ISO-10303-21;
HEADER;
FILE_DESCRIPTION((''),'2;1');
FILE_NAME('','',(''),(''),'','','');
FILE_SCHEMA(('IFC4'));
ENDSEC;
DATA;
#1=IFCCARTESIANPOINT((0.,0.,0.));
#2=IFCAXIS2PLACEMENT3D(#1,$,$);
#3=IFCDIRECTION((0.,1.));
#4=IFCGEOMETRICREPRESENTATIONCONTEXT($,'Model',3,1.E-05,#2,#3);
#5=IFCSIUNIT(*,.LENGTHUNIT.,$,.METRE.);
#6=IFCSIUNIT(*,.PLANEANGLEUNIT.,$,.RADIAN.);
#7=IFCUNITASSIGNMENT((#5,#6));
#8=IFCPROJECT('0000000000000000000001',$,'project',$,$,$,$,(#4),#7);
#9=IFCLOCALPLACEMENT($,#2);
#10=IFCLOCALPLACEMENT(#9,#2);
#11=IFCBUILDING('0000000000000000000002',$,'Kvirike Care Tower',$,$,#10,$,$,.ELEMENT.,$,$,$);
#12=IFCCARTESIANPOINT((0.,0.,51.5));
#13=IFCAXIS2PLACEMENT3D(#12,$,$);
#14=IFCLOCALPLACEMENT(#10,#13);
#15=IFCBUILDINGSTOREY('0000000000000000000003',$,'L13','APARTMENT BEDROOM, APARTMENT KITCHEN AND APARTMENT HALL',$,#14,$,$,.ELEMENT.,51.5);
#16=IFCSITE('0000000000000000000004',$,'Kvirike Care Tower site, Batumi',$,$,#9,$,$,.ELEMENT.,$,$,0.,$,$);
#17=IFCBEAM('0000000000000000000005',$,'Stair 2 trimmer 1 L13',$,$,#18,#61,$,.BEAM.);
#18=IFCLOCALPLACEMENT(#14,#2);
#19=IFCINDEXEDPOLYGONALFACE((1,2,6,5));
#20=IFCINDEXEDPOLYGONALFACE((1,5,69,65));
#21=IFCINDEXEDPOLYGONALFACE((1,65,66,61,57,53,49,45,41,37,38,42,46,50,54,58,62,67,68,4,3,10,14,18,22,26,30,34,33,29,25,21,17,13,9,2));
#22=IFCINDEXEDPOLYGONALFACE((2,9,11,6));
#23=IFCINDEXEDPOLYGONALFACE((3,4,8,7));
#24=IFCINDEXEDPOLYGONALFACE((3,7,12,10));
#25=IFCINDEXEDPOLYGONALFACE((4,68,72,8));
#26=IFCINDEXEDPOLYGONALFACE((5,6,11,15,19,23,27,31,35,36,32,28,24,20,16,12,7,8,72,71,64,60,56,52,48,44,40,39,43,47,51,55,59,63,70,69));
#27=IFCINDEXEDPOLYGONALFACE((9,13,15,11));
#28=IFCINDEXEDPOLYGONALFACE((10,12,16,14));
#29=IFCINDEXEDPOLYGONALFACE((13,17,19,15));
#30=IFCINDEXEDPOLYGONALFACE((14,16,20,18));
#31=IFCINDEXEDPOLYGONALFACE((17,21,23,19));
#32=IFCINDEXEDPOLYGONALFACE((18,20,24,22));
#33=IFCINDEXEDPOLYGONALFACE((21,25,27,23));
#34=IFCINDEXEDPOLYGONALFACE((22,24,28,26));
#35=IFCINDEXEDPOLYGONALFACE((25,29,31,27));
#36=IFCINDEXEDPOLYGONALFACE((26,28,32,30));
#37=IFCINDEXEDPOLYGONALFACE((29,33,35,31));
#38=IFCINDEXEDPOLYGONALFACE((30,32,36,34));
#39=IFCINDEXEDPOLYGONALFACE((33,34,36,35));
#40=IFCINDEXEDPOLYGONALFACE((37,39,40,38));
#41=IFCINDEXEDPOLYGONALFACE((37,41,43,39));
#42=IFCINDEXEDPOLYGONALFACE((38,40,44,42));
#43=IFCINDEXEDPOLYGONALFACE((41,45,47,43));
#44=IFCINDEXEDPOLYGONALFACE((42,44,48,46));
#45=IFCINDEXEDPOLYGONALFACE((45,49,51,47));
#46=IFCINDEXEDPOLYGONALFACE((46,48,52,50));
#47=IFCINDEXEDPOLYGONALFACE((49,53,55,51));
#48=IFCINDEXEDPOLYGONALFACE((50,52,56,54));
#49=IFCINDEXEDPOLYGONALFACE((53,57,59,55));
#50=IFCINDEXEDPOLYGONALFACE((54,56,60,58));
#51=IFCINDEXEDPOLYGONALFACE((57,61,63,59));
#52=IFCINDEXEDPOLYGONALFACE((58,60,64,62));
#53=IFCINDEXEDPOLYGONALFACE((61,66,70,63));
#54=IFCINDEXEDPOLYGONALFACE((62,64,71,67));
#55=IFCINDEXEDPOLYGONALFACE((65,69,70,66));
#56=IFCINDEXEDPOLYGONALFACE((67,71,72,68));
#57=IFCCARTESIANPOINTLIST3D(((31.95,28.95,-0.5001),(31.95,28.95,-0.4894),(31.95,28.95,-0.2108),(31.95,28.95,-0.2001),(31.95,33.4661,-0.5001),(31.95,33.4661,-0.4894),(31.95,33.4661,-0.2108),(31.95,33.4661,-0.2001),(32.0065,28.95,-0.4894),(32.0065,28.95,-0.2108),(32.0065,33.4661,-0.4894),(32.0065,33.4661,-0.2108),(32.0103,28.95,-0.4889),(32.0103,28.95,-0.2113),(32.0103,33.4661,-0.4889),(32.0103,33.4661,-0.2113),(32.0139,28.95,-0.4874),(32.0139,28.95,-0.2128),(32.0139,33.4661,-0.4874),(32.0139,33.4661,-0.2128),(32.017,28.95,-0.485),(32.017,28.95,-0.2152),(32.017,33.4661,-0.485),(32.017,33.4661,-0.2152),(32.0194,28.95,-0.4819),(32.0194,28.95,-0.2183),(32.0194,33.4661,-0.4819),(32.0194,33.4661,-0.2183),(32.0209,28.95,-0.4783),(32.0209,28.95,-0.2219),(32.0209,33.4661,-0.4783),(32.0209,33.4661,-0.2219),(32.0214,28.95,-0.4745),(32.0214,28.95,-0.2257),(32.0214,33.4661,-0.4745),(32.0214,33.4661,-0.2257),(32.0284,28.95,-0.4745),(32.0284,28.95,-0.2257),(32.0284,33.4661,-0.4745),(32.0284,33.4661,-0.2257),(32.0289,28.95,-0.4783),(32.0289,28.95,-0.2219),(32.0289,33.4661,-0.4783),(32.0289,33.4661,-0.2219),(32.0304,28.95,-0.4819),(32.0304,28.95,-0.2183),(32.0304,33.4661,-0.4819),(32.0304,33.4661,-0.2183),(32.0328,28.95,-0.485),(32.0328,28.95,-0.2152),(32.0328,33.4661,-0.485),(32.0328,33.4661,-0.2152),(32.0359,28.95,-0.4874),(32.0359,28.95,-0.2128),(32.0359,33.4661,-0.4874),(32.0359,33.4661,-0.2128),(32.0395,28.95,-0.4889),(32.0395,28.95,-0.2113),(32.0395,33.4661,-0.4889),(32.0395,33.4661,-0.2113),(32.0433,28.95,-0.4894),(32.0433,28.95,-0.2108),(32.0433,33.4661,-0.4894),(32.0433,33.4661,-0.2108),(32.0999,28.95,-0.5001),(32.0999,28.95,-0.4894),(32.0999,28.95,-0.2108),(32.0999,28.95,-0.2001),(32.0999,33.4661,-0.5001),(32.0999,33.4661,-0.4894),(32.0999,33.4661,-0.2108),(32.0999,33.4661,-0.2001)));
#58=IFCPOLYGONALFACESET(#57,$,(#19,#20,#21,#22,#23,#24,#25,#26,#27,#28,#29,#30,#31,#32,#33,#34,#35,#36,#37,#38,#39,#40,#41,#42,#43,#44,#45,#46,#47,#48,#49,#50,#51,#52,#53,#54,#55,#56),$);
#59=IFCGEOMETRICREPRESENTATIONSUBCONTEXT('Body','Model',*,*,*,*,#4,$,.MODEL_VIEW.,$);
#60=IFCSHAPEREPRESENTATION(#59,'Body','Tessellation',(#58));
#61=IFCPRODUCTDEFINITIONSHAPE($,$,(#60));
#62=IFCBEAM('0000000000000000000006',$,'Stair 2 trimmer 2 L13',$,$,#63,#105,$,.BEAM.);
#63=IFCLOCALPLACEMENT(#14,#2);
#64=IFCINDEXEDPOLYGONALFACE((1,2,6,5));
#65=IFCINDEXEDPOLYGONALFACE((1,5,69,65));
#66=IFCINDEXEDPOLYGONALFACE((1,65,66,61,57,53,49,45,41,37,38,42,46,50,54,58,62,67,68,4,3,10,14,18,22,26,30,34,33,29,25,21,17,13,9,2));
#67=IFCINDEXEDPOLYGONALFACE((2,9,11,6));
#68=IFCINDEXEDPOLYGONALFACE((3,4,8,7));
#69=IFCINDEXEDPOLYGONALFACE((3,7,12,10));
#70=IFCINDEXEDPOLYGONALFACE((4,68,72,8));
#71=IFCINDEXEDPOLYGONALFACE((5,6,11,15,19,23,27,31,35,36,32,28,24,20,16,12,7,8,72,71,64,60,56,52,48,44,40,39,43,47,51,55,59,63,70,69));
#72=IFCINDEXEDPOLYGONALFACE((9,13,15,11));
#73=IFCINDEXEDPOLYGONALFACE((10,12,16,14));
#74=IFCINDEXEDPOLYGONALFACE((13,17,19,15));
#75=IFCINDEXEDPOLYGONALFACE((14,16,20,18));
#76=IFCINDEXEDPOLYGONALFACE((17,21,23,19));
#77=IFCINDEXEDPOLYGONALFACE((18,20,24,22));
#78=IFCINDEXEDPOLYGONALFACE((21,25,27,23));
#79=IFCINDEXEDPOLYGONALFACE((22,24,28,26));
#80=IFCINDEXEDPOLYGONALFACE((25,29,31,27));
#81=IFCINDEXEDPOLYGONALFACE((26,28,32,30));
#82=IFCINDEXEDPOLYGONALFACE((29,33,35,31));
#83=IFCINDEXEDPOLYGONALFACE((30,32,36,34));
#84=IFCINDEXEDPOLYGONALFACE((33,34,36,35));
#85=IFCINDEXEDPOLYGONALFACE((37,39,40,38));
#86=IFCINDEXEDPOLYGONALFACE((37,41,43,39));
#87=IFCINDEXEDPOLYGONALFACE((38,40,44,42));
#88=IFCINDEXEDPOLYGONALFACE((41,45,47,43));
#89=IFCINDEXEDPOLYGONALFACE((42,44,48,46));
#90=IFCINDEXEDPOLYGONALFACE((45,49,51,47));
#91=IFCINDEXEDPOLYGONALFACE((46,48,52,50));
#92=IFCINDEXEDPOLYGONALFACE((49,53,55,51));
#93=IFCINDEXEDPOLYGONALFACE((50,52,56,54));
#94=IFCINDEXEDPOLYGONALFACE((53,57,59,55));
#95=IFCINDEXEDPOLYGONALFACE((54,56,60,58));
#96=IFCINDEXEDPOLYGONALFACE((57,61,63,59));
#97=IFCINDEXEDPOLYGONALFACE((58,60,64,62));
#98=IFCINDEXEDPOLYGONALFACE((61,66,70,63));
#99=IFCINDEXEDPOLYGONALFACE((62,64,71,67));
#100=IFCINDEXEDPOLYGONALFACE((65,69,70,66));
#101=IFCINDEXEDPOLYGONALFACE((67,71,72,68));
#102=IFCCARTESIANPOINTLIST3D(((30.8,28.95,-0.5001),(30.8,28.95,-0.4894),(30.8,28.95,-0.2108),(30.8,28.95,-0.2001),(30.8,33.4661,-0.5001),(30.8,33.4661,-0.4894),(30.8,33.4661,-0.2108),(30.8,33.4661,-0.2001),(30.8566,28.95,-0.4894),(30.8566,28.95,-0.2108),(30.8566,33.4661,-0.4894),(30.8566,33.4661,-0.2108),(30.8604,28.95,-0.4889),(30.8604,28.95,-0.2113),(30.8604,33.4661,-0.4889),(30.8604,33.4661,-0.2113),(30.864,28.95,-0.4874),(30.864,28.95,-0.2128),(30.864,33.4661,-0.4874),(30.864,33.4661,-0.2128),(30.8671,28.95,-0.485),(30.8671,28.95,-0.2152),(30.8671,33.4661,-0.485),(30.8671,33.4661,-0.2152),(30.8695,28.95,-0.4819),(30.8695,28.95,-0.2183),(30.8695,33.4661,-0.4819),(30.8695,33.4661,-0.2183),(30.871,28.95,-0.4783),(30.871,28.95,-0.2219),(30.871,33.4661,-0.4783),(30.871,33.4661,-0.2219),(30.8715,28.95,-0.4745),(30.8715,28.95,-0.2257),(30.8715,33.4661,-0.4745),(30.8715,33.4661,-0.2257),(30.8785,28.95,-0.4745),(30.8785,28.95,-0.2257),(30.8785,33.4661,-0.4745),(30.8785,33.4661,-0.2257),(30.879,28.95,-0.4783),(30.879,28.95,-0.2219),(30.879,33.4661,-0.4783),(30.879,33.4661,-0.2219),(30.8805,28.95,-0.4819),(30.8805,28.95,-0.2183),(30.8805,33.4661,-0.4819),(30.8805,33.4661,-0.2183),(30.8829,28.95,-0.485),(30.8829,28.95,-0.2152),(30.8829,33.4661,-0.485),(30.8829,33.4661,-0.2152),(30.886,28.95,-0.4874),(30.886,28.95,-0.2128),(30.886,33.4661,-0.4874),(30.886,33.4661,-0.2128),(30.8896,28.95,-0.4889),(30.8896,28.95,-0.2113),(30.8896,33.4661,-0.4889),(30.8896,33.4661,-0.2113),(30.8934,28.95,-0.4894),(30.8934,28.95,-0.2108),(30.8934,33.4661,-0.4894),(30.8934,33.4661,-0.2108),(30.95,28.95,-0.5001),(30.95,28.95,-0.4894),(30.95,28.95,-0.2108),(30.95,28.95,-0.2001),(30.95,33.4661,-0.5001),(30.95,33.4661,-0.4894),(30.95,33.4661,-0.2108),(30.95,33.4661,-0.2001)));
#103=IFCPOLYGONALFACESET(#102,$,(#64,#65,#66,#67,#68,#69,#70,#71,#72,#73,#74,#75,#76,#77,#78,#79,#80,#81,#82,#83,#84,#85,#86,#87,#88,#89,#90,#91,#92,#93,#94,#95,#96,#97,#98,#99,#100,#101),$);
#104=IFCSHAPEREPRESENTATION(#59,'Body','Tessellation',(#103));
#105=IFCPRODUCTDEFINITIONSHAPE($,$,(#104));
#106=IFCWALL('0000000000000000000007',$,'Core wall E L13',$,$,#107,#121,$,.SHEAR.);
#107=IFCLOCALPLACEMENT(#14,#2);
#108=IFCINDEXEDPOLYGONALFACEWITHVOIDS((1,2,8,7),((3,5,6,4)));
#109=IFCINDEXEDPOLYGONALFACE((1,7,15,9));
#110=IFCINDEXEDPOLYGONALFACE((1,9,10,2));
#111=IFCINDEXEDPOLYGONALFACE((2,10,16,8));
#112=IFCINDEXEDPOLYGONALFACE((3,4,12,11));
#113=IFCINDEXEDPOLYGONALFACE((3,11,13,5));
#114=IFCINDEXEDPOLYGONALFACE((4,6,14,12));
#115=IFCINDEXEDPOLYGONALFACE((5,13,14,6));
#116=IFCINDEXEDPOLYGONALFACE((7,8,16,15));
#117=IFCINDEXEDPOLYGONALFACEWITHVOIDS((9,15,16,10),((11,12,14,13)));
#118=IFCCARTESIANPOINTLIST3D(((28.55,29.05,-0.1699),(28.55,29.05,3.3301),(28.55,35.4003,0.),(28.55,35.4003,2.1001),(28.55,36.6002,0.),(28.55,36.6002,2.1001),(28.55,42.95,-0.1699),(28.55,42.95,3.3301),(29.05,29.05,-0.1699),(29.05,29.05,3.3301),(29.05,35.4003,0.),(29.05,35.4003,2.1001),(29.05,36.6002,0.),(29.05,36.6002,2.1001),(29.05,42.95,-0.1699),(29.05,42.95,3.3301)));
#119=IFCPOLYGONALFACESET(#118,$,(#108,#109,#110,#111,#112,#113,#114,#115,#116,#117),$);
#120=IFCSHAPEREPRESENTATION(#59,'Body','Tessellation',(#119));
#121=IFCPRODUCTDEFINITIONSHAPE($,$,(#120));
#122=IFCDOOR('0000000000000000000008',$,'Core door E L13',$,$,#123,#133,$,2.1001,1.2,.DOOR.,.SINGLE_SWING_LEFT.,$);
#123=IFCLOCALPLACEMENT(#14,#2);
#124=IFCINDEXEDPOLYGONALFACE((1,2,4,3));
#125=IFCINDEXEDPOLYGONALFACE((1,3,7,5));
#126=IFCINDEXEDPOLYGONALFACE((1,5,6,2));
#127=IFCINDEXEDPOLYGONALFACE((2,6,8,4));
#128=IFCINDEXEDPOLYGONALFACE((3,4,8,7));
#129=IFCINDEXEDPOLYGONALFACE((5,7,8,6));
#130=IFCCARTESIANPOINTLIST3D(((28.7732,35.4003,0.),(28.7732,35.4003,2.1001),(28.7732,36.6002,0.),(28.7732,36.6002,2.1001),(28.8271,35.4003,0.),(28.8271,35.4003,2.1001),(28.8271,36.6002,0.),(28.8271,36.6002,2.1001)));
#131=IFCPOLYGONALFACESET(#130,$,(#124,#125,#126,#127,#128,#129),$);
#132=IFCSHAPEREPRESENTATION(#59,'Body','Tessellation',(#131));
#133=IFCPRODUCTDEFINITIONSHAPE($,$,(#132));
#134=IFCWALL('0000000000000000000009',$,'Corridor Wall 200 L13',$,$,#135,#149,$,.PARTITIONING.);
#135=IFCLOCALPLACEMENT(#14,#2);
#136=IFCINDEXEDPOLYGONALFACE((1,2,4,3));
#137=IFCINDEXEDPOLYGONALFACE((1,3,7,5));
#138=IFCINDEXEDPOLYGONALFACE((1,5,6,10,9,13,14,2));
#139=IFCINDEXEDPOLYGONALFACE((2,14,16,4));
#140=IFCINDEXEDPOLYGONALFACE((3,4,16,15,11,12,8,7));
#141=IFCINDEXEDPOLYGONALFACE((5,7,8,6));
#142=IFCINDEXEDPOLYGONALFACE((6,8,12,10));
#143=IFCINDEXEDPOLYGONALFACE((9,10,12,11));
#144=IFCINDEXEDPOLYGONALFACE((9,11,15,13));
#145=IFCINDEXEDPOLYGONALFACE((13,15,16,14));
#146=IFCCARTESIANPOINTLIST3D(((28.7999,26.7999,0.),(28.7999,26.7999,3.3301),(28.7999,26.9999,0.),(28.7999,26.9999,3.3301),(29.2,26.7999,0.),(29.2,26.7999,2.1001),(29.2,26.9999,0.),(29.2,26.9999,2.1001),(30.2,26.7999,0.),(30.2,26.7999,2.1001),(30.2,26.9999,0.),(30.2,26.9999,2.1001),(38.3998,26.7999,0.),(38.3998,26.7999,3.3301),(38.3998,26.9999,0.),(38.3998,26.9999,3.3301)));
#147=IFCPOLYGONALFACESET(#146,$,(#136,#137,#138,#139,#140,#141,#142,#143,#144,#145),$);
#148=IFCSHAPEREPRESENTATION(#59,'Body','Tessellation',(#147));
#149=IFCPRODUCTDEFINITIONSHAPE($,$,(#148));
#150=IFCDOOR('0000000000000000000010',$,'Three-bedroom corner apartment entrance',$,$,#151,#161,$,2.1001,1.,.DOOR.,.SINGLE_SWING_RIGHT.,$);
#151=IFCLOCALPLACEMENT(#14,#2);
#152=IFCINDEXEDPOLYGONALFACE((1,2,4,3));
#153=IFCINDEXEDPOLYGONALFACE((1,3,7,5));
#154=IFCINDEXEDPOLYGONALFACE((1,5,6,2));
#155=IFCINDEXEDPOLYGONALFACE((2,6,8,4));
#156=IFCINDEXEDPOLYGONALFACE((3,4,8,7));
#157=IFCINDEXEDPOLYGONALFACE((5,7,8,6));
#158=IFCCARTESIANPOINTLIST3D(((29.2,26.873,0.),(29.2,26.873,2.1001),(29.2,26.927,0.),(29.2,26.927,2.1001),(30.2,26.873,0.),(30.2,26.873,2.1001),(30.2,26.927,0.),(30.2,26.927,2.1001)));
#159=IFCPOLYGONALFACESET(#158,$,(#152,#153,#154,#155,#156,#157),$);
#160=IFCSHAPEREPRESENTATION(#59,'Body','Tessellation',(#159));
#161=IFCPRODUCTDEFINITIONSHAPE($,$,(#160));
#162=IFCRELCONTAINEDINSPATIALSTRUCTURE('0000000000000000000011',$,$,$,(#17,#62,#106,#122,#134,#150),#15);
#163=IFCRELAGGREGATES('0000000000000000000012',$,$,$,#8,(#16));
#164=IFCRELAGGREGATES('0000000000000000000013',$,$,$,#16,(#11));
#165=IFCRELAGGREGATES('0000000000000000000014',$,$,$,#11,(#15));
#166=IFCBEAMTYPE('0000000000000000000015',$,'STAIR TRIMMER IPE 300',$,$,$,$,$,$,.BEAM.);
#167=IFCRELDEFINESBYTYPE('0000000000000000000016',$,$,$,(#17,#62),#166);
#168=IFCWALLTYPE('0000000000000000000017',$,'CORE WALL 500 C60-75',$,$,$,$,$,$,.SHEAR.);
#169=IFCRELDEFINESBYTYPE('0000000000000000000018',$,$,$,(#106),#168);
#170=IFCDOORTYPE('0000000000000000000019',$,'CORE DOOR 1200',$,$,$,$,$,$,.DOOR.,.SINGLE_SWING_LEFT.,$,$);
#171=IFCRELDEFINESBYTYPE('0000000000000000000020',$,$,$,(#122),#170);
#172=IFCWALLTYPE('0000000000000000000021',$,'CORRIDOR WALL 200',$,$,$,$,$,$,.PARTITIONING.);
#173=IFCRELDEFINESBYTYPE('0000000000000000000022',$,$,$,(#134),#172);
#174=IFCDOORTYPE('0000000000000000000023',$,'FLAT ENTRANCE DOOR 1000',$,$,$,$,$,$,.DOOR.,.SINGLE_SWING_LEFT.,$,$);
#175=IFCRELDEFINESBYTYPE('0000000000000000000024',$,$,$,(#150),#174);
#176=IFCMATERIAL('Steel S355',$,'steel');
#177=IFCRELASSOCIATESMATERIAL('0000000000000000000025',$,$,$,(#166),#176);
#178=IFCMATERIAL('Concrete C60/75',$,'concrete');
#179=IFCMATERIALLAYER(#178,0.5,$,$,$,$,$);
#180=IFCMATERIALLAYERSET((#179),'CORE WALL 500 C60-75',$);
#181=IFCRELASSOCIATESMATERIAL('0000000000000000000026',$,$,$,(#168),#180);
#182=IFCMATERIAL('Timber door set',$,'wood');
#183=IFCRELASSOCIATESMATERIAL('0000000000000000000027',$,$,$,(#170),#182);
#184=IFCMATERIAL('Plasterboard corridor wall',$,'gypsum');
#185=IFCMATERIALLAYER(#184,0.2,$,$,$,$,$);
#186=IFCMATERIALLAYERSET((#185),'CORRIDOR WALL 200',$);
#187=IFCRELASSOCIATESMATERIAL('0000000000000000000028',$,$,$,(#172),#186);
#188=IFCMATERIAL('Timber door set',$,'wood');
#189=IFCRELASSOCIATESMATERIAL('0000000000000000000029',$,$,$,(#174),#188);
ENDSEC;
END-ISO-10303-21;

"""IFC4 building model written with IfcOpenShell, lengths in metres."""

from ifc_helpers import new_model, si_unit, direction, frame, frame_2d, origin, origin_2d, place, context, subcontext, project, spatial, rectangle, i_section, extrude, material, layer, layer_set, material_profile, profile_set, type_object, element, fill, save


model = new_model("IFC4")

# Units and contexts
model_context = context("Model", 3, precision=1e-05, world=origin(), true_north=direction((0.0, 1.0)))
body_context = subcontext(model_context, "Body", "Model", "MODEL_VIEW")
ifc_project = project(units=[si_unit("LENGTHUNIT", "METRE"), si_unit("PLANEANGLEUNIT", "RADIAN")], contexts=[model_context])

# Site, building, storey
site_placement = place(None, origin())
site = spatial("IfcSite", under=ifc_project, at=site_placement, Name="Kvirike Care Tower site, Batumi", CompositionType="ELEMENT", RefElevation=0.0)
building_placement = place(site_placement, origin())
building = spatial("IfcBuilding", under=site, at=building_placement, Name="Kvirike Care Tower", CompositionType="ELEMENT")
storey_placement = place(building_placement, frame((0.0, 0.0, 51.5)))
storey = spatial("IfcBuildingStorey", under=building, at=storey_placement, Name="L13", Description="APARTMENT BEDROOM, APARTMENT KITCHEN AND APARTMENT HALL", CompositionType="ELEMENT", Elevation=51.5)

# Beams
ifc_material_1 = material(Name="Steel S355", Category="steel")
ifc_material_profile_1 = material_profile(ifc_material_1, i_section(OverallWidth=0.1499, OverallDepth=0.3, WebThickness=0.0071, FlangeThickness=0.0107, FilletRadius=0.0149, at=origin_2d()), Name="IPE 300")
ifc_profile_set_1 = profile_set([ifc_material_profile_1], Name="Steel S355")
beam_type_1 = type_object("IfcBeamType", Name="STAIR TRIMMER IPE 300", PredefinedType="BEAM", material=ifc_profile_set_1)
for number, where, z_axis, x_axis, name in (
    (1, (32.0249, 28.95, -0.3501), (0.0, 1.0, 0.0), (-1.0, 0.0, 0.0), "Stair 2 trimmer 1 L13"),
    (2, (30.875, 28.95, -0.3501), (0.0, 1.0, 0.0), (-1.0, 0.0, 0.0), "Stair 2 trimmer 2 L13"),
):
    element("IfcBeam", number, at=place(storey_placement, frame(where, z_axis=z_axis, x_axis=x_axis)), inside=storey, type_object=beam_type_1, Name=name, PredefinedType="BEAM", context=body_context, shape_type="SweptSolid", body=[
        extrude(i_section(OverallWidth=0.1499, OverallDepth=0.3, WebThickness=0.0071, FlangeThickness=0.0107, FilletRadius=0.0149, at=origin_2d()), origin(), (0.0, 0.0, 1.0), 4.5161),
    ])

# Walls, openings, doors
ifc_material_2 = material(Name="Concrete C60/75", Category="concrete")
ifc_layer_1 = layer(ifc_material_2, 0.5)
ifc_layer_set_1 = layer_set([ifc_layer_1], Name="CORE WALL 500 C60-75")
wall_type_1 = type_object("IfcWallType", Name="CORE WALL 500 C60-75", PredefinedType="SHEAR", material=ifc_layer_set_1)
wall_1_placement = place(storey_placement, frame((28.8, 29.05, -0.1699), z_axis=(0.0, 0.0, 1.0), x_axis=(0.0, 1.0, 0.0)))
wall_1 = element("IfcWall", 3, at=wall_1_placement, inside=storey, type_object=wall_type_1, Name="Core wall E L13", PredefinedType="SHEAR", context=body_context, shape_type="SweptSolid", body=[
    extrude(rectangle(XDim=13.8999, YDim=0.5, at=frame_2d((6.95, 0.0))), origin(), (0.0, 0.0, 1.0), 3.5),
])
opening_1_placement = place(wall_1_placement, frame((6.3501, 0.0, 0.1699)))
opening_1 = element("IfcOpeningElement", 4, at=opening_1_placement, cuts=wall_1, PredefinedType="OPENING", context=body_context, shape_type="SweptSolid", body=[
    extrude(rectangle(XDim=1.2, YDim=2.1001, at=frame_2d((0.6001, 1.05))), frame((0.0, 0.2605, 0.0), z_axis=(0.0, -1.0, 0.0), x_axis=(1.0, 0.0, 0.0)), (0.0, 0.0, 1.0), 0.521),
])
ifc_material_3 = material(Name="Timber door set", Category="wood")
door_type_1 = type_object("IfcDoorType", Name="CORE DOOR 1200", OperationType="SINGLE_SWING_LEFT", PredefinedType="DOOR", material=ifc_material_3)
door_1_placement = place(opening_1_placement, origin())
door_1 = element("IfcDoor", 5, at=door_1_placement, inside=storey, type_object=door_type_1, Name="Core door E L13", OperationType="SINGLE_SWING_LEFT", OverallHeight=2.1001, OverallWidth=1.2, PredefinedType="DOOR", context=body_context, shape_type="SweptSolid", body=[
    extrude(rectangle(XDim=1.2, YDim=2.1001, at=frame_2d((0.6001, 1.05))), frame((0.0, 0.0269, 0.0), z_axis=(0.0, -1.0, 0.0), x_axis=(1.0, 0.0, 0.0)), (0.0, 0.0, 1.0), 0.054),
])
fill(opening_1, door_1)
ifc_material_4 = material(Name="Plasterboard corridor wall", Category="gypsum")
ifc_layer_2 = layer(ifc_material_4, 0.2)
ifc_layer_set_2 = layer_set([ifc_layer_2], Name="CORRIDOR WALL 200")
wall_type_2 = type_object("IfcWallType", Name="CORRIDOR WALL 200", PredefinedType="PARTITIONING", material=ifc_layer_set_2)
wall_2_placement = place(storey_placement, frame((28.8, 26.8999, 0.0), z_axis=(0.0, 0.0, 1.0), x_axis=(1.0, 0.0, 0.0)))
wall_2 = element("IfcWall", 6, at=wall_2_placement, inside=storey, type_object=wall_type_2, Name="Corridor Wall 200 L13", PredefinedType="PARTITIONING", context=body_context, shape_type="SweptSolid", body=[
    extrude(rectangle(XDim=9.5999, YDim=0.2, at=frame_2d((4.7998, 0.0))), origin(), (0.0, 0.0, 1.0), 3.3301),
])
opening_2_placement = place(wall_2_placement, frame((0.3999, 0.0, 0.0)))
opening_2 = element("IfcOpeningElement", 7, at=opening_2_placement, cuts=wall_2, PredefinedType="OPENING", context=body_context, shape_type="SweptSolid", body=[
    extrude(rectangle(XDim=1.0, YDim=2.1001, at=frame_2d((0.5, 1.05))), frame((0.0, 0.1106, 0.0), z_axis=(0.0, -1.0, 0.0), x_axis=(1.0, 0.0, 0.0)), (0.0, 0.0, 1.0), 0.2209),
])
ifc_material_5 = material(Name="Timber door set", Category="wood")
door_type_2 = type_object("IfcDoorType", Name="FLAT ENTRANCE DOOR 1000", OperationType="SINGLE_SWING_LEFT", PredefinedType="DOOR", material=ifc_material_5)
door_2_placement = place(opening_2_placement, frame((1.0, 0.0, 0.0), z_axis=(0.0, 0.0, 1.0), x_axis=(-1.0, 0.0, 0.0)))
door_2 = element("IfcDoor", 8, at=door_2_placement, inside=storey, type_object=door_type_2, Name="Three-bedroom corner apartment entrance", OperationType="SINGLE_SWING_RIGHT", OverallHeight=2.1001, OverallWidth=1.0, PredefinedType="DOOR", context=body_context, shape_type="SweptSolid", body=[
    extrude(rectangle(XDim=1.0, YDim=2.1001, at=frame_2d((0.5, 1.05))), frame((0.0, 0.0269, 0.0), z_axis=(0.0, -1.0, 0.0), x_axis=(1.0, 0.0, 0.0)), (0.0, 0.0, 1.0), 0.054),
])
fill(opening_2, door_2)

save(model, "model.ifc")
